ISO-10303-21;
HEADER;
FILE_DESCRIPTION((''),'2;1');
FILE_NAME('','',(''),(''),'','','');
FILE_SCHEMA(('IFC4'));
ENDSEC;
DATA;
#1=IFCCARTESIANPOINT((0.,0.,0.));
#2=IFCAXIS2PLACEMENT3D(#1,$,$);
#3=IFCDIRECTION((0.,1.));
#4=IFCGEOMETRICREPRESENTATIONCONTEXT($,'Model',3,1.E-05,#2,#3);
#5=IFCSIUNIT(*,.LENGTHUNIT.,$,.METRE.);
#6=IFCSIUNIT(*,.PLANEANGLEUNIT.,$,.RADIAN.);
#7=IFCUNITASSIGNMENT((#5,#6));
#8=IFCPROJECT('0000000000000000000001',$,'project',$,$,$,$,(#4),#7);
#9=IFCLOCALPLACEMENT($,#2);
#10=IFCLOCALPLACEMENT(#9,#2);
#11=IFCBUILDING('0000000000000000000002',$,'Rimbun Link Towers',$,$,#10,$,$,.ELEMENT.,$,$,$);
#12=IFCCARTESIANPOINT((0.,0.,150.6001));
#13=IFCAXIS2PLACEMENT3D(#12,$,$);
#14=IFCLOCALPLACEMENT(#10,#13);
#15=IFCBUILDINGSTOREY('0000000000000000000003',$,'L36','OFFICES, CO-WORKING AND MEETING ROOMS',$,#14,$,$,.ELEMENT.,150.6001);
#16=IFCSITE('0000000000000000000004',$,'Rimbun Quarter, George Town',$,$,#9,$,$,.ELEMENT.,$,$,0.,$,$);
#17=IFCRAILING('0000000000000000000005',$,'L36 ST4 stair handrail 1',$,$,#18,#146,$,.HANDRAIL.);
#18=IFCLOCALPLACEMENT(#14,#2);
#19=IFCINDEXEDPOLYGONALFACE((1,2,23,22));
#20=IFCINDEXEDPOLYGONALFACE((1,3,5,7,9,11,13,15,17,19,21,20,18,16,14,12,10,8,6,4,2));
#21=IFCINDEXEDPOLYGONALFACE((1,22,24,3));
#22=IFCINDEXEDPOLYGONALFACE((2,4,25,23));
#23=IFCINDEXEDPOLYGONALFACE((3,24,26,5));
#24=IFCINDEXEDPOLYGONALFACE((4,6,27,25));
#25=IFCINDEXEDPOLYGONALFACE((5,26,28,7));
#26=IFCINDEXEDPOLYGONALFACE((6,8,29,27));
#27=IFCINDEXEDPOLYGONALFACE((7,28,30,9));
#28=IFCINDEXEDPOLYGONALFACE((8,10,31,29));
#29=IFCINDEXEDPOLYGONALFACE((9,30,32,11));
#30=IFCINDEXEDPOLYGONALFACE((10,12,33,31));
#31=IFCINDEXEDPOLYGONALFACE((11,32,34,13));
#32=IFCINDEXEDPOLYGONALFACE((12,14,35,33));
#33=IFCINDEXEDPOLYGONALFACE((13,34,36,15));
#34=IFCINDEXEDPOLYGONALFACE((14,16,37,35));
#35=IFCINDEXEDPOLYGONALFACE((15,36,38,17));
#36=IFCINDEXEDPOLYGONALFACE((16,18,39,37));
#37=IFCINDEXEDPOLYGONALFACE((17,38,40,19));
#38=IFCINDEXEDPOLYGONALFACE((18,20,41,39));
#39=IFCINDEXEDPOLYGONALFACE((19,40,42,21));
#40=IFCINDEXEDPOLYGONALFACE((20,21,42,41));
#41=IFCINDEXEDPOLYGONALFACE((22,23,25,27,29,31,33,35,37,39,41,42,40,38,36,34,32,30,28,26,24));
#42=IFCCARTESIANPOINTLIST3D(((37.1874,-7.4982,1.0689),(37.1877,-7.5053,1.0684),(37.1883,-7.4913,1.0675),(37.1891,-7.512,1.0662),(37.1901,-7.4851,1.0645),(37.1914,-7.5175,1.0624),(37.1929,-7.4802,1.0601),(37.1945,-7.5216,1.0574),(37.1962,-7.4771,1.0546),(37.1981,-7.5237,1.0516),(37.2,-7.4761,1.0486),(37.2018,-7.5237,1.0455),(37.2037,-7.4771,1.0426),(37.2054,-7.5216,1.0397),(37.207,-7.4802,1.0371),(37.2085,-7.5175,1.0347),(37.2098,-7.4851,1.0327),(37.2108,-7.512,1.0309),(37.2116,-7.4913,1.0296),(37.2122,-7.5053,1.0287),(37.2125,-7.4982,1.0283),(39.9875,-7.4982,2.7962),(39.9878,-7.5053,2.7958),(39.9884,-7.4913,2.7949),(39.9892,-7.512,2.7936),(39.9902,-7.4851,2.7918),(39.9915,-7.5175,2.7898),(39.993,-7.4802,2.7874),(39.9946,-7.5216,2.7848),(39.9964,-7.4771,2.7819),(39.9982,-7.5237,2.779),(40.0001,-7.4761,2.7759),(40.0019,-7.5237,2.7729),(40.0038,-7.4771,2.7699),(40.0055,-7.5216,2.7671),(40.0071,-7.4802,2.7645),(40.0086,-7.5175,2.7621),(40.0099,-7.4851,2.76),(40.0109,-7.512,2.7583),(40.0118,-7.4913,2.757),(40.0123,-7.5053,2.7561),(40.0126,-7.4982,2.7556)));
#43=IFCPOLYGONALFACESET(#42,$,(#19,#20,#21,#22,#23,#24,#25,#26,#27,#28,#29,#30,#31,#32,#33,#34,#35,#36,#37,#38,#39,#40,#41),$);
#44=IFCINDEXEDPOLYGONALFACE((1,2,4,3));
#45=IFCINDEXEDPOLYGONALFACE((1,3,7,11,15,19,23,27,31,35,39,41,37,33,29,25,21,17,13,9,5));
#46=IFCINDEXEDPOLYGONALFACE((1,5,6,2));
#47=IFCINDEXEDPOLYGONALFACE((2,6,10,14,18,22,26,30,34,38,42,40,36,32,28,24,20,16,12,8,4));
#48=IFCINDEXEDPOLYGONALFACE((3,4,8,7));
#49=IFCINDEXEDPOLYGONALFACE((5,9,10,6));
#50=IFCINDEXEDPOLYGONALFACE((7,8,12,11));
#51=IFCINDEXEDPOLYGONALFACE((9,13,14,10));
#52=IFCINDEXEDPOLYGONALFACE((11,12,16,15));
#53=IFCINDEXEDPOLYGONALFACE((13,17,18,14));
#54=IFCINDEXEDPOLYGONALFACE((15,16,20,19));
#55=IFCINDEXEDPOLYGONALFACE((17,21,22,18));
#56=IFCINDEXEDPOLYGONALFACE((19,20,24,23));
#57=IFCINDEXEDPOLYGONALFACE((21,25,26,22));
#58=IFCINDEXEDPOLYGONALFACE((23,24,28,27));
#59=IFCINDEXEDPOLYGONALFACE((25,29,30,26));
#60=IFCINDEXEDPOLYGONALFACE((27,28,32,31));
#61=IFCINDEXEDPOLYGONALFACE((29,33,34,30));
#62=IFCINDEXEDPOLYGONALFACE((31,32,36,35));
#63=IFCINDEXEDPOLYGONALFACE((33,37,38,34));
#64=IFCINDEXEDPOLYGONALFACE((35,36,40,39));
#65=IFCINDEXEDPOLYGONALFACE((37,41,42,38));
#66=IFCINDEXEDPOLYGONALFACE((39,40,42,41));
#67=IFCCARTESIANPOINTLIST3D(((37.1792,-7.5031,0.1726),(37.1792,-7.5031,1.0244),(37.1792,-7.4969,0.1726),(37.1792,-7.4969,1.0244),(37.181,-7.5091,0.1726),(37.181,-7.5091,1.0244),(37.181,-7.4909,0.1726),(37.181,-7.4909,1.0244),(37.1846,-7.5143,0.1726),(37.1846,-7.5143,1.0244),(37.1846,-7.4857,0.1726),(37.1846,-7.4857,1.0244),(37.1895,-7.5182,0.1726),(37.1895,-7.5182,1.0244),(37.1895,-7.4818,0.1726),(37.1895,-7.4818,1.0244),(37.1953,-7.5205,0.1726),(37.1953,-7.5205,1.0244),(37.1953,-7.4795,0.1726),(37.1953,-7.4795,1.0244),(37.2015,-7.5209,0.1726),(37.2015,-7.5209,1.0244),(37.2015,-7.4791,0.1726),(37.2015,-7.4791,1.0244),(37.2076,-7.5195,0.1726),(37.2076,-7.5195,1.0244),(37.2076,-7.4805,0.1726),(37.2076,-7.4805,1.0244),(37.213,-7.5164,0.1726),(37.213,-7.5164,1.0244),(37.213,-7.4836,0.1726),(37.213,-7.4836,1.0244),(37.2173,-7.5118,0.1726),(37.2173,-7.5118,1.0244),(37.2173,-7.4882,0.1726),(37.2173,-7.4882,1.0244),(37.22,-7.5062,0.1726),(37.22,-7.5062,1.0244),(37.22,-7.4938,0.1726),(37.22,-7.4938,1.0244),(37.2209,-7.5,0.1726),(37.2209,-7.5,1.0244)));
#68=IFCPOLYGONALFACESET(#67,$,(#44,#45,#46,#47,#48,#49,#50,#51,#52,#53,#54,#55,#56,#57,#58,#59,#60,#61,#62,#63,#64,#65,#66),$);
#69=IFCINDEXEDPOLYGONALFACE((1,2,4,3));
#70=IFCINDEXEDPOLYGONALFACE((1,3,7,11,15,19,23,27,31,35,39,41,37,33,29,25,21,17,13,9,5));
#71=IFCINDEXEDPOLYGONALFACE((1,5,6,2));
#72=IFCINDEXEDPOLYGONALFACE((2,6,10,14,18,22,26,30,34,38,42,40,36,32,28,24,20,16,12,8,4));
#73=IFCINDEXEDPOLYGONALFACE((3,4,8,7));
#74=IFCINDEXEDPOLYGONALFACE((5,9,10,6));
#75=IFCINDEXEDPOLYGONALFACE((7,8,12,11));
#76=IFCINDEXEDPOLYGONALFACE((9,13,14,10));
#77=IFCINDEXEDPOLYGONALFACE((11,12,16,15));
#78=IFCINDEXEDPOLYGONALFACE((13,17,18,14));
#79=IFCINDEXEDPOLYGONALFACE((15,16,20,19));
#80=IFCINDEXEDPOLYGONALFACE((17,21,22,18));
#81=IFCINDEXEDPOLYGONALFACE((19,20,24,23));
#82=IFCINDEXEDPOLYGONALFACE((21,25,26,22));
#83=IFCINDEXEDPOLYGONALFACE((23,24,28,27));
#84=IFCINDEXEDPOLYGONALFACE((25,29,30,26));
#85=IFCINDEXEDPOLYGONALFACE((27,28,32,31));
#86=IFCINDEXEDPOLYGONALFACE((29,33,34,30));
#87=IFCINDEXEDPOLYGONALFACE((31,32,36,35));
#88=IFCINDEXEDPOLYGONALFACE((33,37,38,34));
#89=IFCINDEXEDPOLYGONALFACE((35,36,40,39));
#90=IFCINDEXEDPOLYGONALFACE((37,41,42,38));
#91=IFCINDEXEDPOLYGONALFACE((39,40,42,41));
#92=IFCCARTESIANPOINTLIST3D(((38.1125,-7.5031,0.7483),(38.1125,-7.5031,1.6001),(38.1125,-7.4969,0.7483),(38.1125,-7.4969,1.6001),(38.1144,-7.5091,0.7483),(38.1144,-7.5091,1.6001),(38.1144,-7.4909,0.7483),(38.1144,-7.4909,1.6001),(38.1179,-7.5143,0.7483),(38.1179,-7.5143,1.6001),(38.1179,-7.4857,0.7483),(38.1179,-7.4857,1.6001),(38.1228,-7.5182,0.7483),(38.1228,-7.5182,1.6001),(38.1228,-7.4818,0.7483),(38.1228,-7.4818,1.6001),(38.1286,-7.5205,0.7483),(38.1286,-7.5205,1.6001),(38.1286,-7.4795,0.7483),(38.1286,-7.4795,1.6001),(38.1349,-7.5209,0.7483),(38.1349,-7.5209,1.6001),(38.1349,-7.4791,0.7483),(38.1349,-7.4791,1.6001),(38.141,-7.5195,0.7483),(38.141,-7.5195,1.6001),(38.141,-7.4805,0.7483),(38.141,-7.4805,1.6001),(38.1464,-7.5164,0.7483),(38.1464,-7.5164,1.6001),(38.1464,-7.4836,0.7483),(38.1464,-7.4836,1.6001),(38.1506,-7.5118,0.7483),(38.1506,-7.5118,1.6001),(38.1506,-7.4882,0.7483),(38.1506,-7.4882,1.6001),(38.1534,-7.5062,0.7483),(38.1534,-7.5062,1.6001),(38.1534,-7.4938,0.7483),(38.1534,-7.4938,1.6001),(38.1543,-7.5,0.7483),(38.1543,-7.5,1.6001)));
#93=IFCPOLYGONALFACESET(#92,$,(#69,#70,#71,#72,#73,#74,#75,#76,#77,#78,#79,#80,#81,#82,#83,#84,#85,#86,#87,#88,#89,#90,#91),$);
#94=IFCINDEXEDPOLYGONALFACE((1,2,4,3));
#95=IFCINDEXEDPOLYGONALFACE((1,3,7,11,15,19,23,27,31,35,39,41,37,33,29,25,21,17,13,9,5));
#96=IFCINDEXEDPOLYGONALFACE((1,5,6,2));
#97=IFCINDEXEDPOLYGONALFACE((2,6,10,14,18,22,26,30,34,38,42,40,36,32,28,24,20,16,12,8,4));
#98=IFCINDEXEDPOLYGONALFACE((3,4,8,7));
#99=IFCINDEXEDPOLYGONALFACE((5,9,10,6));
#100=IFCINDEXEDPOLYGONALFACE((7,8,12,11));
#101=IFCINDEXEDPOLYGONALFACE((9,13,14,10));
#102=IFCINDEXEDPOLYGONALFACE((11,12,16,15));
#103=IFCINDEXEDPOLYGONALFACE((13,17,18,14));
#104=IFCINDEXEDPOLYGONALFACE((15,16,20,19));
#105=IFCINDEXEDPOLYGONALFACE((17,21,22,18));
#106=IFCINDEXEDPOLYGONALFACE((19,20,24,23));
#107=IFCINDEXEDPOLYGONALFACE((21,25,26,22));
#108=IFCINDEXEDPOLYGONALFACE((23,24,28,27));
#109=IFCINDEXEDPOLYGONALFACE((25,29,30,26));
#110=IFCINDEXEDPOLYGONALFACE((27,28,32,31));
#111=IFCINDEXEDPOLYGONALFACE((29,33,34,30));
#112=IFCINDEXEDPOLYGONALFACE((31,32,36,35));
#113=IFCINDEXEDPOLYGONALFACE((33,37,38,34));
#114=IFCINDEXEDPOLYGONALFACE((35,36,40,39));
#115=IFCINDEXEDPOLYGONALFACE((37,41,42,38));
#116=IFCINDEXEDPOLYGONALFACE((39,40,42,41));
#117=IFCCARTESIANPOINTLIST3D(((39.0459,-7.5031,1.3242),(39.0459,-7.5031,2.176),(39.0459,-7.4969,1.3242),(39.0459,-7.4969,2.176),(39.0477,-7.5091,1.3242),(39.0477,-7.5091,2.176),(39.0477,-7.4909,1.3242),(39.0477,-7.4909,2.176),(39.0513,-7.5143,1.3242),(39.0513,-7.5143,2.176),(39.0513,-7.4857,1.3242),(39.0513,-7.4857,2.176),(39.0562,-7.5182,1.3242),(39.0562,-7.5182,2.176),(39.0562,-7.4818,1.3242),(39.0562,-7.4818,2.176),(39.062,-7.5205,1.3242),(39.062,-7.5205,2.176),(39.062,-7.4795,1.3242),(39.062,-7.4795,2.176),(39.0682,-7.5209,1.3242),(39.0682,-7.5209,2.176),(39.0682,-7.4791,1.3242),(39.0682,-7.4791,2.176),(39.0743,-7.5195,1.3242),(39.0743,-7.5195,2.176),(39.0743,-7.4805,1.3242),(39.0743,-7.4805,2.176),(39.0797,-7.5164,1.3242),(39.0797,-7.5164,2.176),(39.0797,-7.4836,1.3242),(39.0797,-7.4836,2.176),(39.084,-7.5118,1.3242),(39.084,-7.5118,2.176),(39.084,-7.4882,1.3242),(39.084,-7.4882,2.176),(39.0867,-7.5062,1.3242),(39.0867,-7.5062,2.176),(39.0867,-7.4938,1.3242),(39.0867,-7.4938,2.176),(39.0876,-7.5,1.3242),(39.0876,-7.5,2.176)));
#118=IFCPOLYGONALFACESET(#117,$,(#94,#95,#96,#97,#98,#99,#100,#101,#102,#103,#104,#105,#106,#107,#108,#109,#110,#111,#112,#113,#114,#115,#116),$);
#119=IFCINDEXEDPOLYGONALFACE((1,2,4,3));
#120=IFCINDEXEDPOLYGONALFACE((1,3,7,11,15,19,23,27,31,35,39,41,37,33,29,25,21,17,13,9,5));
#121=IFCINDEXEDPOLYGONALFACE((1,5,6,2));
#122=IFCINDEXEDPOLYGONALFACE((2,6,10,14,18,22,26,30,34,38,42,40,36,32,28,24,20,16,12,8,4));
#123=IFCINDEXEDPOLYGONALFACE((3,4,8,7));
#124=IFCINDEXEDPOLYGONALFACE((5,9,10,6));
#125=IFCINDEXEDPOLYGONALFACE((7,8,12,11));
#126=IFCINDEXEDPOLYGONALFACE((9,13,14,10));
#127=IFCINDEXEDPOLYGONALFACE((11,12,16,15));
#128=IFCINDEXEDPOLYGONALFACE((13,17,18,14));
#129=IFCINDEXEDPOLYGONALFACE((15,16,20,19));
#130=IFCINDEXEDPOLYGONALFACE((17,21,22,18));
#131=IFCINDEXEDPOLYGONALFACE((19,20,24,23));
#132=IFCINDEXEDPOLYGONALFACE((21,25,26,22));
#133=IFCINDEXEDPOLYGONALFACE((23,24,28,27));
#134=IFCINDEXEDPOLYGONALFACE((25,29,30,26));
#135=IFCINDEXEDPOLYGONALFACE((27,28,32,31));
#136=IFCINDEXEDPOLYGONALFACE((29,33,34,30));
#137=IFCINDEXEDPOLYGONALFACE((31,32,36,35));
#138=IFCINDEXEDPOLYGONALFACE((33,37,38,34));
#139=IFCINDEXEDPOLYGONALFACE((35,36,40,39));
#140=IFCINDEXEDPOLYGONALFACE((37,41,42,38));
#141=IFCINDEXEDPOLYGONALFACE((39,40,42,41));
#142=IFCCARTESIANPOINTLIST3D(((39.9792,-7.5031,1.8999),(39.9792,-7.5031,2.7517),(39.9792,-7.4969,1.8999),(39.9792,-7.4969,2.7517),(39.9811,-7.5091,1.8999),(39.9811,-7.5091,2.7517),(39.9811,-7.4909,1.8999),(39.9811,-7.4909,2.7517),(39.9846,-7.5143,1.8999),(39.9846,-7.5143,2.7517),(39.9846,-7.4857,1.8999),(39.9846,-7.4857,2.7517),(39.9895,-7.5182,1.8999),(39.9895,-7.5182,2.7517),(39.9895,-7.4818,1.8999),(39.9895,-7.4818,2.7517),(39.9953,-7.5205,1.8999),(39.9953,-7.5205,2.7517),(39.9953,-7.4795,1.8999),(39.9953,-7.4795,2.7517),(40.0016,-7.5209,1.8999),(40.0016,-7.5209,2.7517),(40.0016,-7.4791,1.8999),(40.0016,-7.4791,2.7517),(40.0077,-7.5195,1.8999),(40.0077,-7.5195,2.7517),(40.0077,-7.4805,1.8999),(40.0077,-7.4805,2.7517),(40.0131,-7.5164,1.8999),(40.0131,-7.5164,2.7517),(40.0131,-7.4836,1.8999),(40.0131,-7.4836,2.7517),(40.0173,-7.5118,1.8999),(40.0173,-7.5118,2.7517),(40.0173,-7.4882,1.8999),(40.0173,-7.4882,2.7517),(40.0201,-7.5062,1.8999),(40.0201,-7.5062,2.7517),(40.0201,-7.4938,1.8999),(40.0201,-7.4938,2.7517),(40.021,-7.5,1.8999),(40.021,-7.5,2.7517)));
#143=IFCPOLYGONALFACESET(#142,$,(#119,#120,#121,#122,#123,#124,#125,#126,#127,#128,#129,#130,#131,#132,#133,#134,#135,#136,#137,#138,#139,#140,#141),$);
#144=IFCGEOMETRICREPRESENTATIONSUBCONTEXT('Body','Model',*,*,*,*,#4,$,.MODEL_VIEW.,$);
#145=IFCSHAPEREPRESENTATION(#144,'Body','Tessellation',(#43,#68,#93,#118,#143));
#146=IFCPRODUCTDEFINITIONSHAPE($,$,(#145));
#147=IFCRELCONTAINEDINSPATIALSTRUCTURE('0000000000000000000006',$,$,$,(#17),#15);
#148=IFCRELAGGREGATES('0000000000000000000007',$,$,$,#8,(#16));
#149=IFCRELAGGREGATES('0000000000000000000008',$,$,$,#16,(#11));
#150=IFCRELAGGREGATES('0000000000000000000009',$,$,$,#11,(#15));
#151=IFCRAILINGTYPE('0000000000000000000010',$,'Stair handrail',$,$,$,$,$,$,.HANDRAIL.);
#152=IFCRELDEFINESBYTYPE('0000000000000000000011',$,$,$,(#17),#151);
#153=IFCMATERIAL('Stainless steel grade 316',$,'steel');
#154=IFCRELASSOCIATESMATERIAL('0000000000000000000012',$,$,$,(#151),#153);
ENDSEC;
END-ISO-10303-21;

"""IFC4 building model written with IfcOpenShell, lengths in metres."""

from ifc_helpers import new_model, si_unit, direction, frame, origin, origin_2d, place, context, subcontext, project, spatial, circle, extrude, material, type_object, element, save


model = new_model("IFC4")

# Units and contexts
model_context = context("Model", 3, precision=1e-05, world=origin(), true_north=direction((0.0, 1.0)))
body_context = subcontext(model_context, "Body", "Model", "MODEL_VIEW")
ifc_project = project(units=[si_unit("LENGTHUNIT", "METRE"), si_unit("PLANEANGLEUNIT", "RADIAN")], contexts=[model_context])

# Site, building, storey
site_placement = place(None, origin())
site = spatial("IfcSite", under=ifc_project, at=site_placement, Name="Rimbun Quarter, George Town", CompositionType="ELEMENT", RefElevation=0.0)
building_placement = place(site_placement, origin())
building = spatial("IfcBuilding", under=site, at=building_placement, Name="Rimbun Link Towers", CompositionType="ELEMENT")
storey_placement = place(building_placement, frame((0.0, 0.0, 150.6001)))
storey = spatial("IfcBuildingStorey", under=building, at=storey_placement, Name="L36", Description="OFFICES, CO-WORKING AND MEETING ROOMS", CompositionType="ELEMENT", Elevation=150.6001)

# Railing
ifc_material_1 = material(Name="Stainless steel grade 316", Category="steel")
railing_type_1 = type_object("IfcRailingType", Name="Stair handrail", PredefinedType="HANDRAIL", material=ifc_material_1)
railing_1_placement = place(storey_placement, frame((37.2, -7.5, 0.1726)))
element("IfcRailing", 1, at=railing_1_placement, inside=storey, type_object=railing_type_1, Name="L36 ST4 stair handrail 1", PredefinedType="HANDRAIL", context=body_context, shape_type="SweptSolid", body=[
    extrude(circle(Radius=0.0239, at=origin_2d()), frame((0.0, 0.0, 0.876), z_axis=(0.85109, 0.0, 0.52502), x_axis=(0.0, 1.0, 0.0)), (0.0, 0.0, 1.0), 3.29),
    extrude(circle(Radius=0.021, at=origin_2d()), origin(), (0.0, 0.0, 1.0), 0.8518),
    extrude(circle(Radius=0.021, at=origin_2d()), frame((0.9333, 0.0, 0.5757)), (0.0, 0.0, 1.0), 0.8518),
    extrude(circle(Radius=0.021, at=origin_2d()), frame((1.8667, 0.0, 1.1516)), (0.0, 0.0, 1.0), 0.8518),
    extrude(circle(Radius=0.021, at=origin_2d()), frame((2.8, 0.0, 1.7273)), (0.0, 0.0, 1.0), 0.8518),
])

save(model, "model.ifc")
